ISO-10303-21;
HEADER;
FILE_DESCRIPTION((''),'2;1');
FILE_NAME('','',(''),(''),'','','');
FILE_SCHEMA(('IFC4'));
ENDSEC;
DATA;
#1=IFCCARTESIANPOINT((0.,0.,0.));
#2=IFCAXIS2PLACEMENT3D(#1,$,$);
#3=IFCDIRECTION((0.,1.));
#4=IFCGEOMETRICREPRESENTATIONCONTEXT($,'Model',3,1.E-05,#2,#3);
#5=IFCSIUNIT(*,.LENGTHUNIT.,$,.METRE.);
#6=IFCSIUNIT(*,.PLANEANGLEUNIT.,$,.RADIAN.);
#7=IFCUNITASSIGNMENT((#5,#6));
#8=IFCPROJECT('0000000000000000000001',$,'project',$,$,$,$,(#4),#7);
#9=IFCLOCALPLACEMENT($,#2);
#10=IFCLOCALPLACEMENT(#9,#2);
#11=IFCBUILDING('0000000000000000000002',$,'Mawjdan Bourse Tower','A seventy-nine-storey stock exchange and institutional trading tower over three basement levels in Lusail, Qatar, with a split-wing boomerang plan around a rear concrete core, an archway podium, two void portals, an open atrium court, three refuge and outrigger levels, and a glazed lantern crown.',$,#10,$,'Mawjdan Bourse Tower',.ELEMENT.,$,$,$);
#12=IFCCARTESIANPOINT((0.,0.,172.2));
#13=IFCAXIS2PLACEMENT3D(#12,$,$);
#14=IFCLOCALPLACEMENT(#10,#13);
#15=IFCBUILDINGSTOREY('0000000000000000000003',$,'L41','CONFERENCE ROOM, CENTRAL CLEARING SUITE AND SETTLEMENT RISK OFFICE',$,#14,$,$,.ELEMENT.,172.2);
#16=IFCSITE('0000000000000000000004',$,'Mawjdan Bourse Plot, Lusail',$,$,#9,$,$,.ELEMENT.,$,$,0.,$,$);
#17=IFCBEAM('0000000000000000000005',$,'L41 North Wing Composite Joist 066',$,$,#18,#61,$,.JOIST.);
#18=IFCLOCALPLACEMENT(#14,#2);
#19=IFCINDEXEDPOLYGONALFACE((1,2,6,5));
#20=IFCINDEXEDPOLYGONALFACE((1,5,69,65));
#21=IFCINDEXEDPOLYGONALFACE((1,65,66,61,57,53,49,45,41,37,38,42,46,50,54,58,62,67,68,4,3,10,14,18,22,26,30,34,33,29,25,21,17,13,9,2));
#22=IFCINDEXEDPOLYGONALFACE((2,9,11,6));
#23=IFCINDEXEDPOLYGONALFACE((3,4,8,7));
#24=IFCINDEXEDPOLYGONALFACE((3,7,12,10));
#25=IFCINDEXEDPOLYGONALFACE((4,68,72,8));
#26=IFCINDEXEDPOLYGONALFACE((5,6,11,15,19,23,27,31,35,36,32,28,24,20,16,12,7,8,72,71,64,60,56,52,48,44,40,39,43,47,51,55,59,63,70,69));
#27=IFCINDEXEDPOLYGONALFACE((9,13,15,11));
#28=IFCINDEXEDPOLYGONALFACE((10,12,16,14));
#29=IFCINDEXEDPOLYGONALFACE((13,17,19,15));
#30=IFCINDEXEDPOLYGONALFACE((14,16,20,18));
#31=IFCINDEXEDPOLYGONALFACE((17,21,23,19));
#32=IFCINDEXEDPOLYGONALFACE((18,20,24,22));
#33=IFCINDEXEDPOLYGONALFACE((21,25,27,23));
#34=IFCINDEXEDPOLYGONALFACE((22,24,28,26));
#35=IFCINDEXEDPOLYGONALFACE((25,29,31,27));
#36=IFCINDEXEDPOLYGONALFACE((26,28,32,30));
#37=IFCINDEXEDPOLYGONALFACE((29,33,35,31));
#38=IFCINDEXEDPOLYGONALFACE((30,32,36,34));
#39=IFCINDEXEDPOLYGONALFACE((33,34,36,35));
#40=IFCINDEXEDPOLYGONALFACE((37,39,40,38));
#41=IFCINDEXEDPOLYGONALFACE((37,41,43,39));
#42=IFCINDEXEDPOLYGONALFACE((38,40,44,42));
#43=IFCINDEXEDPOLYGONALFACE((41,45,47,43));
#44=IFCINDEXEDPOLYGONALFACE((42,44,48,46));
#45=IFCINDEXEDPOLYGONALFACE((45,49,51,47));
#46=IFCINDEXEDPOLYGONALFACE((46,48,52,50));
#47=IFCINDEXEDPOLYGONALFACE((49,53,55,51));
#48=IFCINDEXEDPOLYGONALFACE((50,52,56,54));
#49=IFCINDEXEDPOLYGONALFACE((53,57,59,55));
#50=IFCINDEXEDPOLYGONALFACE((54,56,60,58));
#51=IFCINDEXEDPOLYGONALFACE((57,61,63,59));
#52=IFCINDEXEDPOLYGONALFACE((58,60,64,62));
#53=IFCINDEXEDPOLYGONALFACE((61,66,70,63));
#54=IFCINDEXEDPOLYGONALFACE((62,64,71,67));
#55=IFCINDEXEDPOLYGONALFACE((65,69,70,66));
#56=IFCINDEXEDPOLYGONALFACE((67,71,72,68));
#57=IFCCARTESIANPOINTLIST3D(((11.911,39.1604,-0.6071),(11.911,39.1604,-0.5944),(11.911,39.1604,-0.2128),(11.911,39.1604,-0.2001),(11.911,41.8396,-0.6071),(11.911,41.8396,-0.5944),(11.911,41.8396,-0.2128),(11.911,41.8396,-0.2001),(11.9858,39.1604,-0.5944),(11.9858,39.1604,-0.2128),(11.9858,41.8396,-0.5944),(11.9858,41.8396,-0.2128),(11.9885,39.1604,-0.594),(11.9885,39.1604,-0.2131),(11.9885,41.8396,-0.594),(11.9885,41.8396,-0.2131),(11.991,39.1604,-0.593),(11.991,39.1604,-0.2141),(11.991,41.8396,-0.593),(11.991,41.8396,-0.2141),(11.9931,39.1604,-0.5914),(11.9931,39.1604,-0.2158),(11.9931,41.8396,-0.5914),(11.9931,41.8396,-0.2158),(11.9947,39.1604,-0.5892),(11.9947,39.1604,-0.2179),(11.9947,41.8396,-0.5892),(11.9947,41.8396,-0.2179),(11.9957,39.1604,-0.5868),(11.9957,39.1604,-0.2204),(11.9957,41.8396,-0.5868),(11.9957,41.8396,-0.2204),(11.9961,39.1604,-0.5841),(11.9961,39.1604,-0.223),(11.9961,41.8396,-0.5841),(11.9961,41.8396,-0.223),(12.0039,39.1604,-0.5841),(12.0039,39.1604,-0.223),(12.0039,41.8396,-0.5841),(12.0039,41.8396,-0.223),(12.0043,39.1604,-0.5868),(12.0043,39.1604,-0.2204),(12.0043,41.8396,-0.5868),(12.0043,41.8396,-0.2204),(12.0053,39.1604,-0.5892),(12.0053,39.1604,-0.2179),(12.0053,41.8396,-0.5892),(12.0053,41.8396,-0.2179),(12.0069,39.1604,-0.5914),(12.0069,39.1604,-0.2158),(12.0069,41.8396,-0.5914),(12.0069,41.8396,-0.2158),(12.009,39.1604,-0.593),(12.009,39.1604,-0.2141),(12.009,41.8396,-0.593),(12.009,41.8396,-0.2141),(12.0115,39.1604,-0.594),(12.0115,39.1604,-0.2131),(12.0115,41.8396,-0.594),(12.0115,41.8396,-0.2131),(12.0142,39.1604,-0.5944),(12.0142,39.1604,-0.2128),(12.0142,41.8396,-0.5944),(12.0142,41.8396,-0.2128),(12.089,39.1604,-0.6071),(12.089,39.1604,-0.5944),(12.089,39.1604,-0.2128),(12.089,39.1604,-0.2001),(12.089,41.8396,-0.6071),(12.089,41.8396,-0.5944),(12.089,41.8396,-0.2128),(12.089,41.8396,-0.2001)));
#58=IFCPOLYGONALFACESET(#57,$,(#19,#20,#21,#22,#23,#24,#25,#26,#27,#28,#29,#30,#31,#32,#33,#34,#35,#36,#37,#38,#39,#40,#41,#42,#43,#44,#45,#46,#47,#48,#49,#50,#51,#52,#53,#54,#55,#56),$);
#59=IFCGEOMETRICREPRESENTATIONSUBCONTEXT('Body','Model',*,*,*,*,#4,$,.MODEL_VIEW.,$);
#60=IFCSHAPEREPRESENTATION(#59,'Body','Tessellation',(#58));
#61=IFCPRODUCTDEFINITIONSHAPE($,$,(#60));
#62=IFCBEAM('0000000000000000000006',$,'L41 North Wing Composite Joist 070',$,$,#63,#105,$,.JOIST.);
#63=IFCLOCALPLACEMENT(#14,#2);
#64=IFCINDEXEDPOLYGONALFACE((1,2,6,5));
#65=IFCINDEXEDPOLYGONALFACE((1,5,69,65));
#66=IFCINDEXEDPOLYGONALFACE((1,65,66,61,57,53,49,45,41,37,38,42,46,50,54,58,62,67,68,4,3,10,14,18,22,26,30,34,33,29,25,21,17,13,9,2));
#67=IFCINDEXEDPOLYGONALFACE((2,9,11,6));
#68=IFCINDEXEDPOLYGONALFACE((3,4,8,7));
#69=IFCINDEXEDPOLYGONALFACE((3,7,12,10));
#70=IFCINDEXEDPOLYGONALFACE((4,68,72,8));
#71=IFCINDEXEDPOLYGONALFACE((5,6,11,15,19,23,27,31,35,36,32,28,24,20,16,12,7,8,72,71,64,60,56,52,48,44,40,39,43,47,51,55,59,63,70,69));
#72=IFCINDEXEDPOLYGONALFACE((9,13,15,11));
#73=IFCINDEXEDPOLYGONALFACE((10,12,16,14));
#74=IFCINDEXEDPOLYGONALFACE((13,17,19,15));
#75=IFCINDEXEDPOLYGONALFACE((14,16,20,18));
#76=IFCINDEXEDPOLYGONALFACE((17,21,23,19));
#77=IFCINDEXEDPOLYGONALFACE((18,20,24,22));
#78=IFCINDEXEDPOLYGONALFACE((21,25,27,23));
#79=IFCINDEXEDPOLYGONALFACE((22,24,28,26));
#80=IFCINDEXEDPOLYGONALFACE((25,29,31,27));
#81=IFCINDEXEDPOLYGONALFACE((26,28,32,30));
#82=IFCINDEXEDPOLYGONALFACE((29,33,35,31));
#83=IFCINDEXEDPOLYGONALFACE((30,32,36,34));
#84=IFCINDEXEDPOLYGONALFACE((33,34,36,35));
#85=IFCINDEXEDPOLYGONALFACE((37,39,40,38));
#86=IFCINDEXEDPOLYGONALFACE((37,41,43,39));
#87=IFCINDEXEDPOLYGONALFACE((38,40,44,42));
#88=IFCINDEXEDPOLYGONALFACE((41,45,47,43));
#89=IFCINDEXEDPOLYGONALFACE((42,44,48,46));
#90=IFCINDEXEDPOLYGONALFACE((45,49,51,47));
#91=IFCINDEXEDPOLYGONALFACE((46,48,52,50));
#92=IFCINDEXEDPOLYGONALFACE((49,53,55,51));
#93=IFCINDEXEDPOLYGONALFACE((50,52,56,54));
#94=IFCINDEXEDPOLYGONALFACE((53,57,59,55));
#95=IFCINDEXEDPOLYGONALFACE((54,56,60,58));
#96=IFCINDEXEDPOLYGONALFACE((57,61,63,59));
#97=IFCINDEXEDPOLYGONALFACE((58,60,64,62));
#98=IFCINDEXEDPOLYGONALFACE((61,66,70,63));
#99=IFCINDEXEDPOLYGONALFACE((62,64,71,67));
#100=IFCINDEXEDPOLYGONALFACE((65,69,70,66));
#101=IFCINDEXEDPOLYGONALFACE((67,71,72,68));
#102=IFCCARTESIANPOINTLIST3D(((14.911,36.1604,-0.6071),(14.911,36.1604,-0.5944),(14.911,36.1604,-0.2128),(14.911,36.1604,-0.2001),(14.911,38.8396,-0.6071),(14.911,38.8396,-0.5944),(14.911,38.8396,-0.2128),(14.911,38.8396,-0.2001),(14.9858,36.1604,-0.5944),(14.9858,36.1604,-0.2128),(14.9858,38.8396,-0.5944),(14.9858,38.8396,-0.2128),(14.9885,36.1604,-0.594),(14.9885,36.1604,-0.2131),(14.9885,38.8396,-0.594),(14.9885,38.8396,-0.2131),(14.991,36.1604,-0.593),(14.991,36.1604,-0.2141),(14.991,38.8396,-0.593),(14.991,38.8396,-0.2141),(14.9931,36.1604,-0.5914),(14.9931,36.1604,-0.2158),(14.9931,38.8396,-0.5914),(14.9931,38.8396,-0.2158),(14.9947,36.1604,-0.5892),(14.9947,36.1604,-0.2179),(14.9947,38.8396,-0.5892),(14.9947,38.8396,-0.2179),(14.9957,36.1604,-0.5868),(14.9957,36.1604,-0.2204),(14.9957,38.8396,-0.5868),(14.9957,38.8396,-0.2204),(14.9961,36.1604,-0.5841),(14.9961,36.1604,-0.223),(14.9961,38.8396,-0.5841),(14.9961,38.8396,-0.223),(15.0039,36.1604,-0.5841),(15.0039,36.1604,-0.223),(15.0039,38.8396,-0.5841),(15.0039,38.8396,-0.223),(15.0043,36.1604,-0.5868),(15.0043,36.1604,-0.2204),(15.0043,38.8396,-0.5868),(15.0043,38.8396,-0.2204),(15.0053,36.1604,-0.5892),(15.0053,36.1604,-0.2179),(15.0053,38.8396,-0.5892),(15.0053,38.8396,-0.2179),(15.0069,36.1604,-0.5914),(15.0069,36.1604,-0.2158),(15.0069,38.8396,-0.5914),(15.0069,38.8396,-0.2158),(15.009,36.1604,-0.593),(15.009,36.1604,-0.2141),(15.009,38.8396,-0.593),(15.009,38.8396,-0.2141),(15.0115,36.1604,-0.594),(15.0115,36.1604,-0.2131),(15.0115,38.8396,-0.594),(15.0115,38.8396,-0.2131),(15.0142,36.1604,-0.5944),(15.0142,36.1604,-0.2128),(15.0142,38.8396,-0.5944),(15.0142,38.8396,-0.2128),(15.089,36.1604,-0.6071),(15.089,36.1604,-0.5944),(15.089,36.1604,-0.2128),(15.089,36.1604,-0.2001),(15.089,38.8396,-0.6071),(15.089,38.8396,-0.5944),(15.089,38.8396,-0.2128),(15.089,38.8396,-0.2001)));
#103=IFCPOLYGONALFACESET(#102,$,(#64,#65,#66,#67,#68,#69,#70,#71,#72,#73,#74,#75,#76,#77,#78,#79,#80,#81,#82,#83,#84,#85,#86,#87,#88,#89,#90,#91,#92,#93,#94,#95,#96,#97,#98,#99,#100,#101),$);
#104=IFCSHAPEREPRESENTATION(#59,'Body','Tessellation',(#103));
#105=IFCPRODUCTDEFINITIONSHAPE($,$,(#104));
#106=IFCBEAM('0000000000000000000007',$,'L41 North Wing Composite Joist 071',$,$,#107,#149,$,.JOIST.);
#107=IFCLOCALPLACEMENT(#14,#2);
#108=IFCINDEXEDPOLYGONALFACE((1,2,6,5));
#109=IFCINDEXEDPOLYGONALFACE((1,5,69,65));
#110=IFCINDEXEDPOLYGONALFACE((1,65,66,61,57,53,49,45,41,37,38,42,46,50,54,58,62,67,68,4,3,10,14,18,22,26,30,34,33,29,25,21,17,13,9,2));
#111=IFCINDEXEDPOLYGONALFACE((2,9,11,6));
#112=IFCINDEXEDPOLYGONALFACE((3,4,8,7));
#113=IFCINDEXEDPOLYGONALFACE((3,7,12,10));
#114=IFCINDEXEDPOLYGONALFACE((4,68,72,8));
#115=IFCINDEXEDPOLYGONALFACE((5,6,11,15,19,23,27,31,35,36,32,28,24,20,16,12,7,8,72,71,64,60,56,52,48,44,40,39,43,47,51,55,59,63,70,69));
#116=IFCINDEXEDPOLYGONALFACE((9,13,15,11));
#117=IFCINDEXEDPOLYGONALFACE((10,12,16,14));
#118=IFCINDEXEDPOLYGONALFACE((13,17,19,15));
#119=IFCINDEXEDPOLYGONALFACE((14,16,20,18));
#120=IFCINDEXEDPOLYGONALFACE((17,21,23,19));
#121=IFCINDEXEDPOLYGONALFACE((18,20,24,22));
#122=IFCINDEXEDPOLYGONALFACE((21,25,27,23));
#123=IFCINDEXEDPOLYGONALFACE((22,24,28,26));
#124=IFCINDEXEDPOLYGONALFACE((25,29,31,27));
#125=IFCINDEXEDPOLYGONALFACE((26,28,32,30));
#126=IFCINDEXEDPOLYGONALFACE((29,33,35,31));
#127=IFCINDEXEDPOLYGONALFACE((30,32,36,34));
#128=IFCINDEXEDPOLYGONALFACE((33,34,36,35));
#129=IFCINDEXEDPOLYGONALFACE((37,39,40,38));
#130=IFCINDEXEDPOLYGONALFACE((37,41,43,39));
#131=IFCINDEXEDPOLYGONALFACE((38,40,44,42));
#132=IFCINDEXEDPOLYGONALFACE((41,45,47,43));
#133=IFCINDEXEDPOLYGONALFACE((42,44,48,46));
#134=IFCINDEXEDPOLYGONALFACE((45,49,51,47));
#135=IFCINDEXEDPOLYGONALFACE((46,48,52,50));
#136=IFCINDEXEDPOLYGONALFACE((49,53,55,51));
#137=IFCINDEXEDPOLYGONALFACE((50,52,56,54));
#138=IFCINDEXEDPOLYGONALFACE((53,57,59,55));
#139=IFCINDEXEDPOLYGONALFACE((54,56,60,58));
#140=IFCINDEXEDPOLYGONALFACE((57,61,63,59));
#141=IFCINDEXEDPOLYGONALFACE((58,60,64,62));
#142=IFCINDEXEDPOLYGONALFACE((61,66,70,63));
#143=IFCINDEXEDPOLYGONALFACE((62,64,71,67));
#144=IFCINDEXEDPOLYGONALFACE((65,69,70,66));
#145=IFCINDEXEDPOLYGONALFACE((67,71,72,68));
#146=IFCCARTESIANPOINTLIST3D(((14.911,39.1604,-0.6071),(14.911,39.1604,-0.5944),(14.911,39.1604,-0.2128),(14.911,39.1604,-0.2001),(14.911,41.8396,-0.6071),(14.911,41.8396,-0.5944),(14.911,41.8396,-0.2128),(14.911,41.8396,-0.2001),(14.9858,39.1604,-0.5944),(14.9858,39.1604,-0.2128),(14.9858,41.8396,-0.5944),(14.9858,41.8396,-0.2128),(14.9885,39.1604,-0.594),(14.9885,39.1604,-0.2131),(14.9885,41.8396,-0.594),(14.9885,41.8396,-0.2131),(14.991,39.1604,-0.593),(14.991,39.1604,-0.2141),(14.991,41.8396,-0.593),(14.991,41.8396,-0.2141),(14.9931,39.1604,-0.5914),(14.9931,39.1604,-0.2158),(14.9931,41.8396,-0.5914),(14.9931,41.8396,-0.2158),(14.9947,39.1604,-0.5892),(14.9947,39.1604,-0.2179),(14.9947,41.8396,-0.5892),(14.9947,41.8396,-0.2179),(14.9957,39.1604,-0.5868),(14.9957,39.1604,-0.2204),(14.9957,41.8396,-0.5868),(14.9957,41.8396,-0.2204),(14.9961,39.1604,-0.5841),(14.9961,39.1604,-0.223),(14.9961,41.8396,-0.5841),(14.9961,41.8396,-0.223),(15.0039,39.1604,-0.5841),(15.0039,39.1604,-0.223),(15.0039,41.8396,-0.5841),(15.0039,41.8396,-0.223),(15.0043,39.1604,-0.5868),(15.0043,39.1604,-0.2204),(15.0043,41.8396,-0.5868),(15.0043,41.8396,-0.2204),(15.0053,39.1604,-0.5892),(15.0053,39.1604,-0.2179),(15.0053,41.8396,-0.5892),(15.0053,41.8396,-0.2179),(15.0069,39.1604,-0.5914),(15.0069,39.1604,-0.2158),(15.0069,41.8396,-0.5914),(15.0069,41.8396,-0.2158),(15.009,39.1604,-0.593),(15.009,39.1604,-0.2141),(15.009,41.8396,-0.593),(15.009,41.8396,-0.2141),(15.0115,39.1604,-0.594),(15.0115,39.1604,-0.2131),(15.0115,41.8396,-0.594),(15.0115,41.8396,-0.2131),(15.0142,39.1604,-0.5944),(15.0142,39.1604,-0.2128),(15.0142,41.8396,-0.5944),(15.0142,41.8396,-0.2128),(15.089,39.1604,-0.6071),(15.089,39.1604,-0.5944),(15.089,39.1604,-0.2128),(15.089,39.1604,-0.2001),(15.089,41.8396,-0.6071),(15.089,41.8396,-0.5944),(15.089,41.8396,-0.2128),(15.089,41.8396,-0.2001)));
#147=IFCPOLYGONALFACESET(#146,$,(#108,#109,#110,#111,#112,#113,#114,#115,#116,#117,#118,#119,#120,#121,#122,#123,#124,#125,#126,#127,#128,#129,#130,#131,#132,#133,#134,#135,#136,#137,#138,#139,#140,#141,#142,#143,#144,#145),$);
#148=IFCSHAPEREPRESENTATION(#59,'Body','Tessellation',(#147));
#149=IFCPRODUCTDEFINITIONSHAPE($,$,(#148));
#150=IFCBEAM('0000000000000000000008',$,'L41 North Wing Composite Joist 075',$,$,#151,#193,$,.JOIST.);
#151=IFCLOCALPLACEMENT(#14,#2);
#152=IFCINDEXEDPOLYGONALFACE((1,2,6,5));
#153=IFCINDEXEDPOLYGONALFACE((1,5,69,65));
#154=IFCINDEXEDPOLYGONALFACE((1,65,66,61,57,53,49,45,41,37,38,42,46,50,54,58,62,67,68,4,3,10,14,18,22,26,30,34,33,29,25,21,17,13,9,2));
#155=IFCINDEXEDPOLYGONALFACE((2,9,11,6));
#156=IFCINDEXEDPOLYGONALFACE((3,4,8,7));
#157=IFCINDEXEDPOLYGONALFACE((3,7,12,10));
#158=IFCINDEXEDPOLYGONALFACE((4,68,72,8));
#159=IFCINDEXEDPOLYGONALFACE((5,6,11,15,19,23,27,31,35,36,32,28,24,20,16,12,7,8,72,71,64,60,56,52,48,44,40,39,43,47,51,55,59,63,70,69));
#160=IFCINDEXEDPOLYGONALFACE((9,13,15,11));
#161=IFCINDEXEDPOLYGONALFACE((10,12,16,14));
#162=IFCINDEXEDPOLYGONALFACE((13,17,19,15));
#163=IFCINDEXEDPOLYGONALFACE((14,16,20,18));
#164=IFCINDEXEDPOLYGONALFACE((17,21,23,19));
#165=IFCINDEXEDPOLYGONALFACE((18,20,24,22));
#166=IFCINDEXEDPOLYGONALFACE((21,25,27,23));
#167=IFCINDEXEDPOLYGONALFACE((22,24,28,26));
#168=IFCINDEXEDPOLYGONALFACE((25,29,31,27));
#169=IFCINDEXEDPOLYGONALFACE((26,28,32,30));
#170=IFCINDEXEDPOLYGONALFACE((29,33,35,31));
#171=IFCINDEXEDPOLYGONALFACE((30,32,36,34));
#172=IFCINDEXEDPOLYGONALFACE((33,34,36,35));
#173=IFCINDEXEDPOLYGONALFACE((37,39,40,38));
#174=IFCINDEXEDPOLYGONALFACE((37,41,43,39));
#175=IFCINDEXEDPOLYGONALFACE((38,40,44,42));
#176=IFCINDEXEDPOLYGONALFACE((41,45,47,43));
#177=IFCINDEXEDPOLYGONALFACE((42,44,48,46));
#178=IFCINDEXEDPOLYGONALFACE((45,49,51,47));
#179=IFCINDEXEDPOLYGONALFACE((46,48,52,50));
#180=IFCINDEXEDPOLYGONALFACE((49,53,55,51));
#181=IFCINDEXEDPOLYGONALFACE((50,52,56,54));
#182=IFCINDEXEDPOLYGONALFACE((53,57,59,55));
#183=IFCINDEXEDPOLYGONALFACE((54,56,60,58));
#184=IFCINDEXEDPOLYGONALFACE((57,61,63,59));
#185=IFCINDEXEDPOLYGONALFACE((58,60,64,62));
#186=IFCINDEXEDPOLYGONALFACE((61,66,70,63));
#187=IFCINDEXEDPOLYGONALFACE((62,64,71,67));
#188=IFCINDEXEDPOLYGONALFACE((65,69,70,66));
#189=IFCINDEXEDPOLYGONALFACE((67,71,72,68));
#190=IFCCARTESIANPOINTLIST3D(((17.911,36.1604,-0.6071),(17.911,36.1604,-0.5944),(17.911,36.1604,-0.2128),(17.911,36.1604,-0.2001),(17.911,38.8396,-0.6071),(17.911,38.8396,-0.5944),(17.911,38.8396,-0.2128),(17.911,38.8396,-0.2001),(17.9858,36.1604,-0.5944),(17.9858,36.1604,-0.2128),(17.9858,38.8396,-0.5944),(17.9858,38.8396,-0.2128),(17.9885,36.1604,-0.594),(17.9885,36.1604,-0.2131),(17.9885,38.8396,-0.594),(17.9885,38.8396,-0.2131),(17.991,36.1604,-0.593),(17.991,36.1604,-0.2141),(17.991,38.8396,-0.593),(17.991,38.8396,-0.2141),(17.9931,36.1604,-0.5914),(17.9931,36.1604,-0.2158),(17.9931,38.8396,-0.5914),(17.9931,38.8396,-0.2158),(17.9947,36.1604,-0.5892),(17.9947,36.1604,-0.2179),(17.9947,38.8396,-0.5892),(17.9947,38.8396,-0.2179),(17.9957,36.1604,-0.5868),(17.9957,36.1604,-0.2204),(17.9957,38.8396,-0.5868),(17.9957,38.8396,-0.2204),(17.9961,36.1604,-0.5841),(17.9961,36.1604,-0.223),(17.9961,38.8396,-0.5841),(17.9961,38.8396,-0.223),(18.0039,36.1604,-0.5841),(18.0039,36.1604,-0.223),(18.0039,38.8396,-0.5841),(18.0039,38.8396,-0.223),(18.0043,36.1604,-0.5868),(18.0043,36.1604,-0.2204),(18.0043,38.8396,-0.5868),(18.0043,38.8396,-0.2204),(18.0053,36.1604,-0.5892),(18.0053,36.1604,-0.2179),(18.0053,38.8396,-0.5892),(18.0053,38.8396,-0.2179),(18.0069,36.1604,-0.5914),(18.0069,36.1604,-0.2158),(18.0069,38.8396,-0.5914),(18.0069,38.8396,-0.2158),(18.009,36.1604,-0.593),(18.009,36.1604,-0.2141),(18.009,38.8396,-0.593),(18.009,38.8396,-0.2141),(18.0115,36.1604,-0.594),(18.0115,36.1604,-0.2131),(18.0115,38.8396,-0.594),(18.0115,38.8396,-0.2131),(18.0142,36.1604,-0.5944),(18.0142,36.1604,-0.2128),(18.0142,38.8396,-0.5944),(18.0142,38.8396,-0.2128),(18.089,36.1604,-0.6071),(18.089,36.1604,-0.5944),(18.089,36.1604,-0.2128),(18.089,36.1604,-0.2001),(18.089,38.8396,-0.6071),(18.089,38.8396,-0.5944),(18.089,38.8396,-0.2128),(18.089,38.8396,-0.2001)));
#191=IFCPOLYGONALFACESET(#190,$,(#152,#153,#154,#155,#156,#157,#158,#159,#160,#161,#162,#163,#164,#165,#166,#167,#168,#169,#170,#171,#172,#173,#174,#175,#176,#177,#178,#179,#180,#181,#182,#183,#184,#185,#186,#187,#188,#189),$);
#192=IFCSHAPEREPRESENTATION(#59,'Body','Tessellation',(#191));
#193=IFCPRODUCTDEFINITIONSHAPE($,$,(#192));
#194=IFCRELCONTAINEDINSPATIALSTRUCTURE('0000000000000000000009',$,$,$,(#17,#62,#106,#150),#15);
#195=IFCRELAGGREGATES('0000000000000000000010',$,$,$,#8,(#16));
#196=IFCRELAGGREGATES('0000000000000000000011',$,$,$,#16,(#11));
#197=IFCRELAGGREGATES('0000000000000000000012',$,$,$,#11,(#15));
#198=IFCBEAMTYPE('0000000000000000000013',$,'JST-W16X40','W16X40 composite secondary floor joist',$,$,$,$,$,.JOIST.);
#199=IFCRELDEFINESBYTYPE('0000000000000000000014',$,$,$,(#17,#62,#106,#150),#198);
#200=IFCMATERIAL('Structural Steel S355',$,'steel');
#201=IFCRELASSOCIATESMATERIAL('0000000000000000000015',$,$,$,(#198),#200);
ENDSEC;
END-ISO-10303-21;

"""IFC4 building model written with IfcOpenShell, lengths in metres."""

from ifc_helpers import new_model, si_unit, direction, frame, origin, origin_2d, place, context, subcontext, project, spatial, i_section, extrude, material, material_profile, profile_set, type_object, element, save


model = new_model("IFC4")

# Units and contexts
model_context = context("Model", 3, precision=1e-05, world=origin(), true_north=direction((0.0, 1.0)))
body_context = subcontext(model_context, "Body", "Model", "MODEL_VIEW")
ifc_project = project(units=[si_unit("LENGTHUNIT", "METRE"), si_unit("PLANEANGLEUNIT", "RADIAN")], contexts=[model_context])

# Site, building, storey
site_placement = place(None, origin())
site = spatial("IfcSite", under=ifc_project, at=site_placement, Name="Mawjdan Bourse Plot, Lusail", CompositionType="ELEMENT", RefElevation=0.0)
building_placement = place(site_placement, origin())
building = spatial("IfcBuilding", under=site, at=building_placement, Name="Mawjdan Bourse Tower", Description="A seventy-nine-storey stock exchange and institutional trading tower over three basement levels in Lusail, Qatar, with a split-wing boomerang plan around a rear concrete core, an archway podium, two void portals, an open atrium court, three refuge and outrigger levels, and a glazed lantern crown.", LongName="Mawjdan Bourse Tower", CompositionType="ELEMENT")
storey_placement = place(building_placement, frame((0.0, 0.0, 172.2)))
storey = spatial("IfcBuildingStorey", under=building, at=storey_placement, Name="L41", Description="CONFERENCE ROOM, CENTRAL CLEARING SUITE AND SETTLEMENT RISK OFFICE", CompositionType="ELEMENT", Elevation=172.2)

# Beams
ifc_material_1 = material(Name="Structural Steel S355", Category="steel")
ifc_material_profile_1 = material_profile(ifc_material_1, i_section(OverallWidth=0.178, OverallDepth=0.407, WebThickness=0.0078, FlangeThickness=0.0127, FilletRadius=0.0103, at=origin_2d()), Name="W16X40")
ifc_profile_set_1 = profile_set([ifc_material_profile_1], Name="Structural Steel S355")
beam_type_1 = type_object("IfcBeamType", Name="JST-W16X40", Description="W16X40 composite secondary floor joist", PredefinedType="JOIST", material=ifc_profile_set_1)
for number, where, z_axis, x_axis, name in (
    (1, (12.0, 39.1604, -0.4036), (0.0, 1.0, 0.0), (-1.0, 0.0, 0.0), "L41 North Wing Composite Joist 066"),
    (2, (15.0, 36.1604, -0.4036), (0.0, 1.0, 0.0), (-1.0, 0.0, 0.0), "L41 North Wing Composite Joist 070"),
    (3, (15.0, 39.1604, -0.4036), (0.0, 1.0, 0.0), (-1.0, 0.0, 0.0), "L41 North Wing Composite Joist 071"),
    (4, (18.0, 36.1604, -0.4036), (0.0, 1.0, 0.0), (-1.0, 0.0, 0.0), "L41 North Wing Composite Joist 075"),
):
    element("IfcBeam", number, at=place(storey_placement, frame(where, z_axis=z_axis, x_axis=x_axis)), inside=storey, type_object=beam_type_1, Name=name, PredefinedType="JOIST", context=body_context, shape_type="SweptSolid", body=[
        extrude(i_section(OverallWidth=0.178, OverallDepth=0.407, WebThickness=0.0078, FlangeThickness=0.0127, FilletRadius=0.0103, at=origin_2d()), origin(), (0.0, 0.0, 1.0), 2.6792),
    ])

save(model, "model.ifc")
